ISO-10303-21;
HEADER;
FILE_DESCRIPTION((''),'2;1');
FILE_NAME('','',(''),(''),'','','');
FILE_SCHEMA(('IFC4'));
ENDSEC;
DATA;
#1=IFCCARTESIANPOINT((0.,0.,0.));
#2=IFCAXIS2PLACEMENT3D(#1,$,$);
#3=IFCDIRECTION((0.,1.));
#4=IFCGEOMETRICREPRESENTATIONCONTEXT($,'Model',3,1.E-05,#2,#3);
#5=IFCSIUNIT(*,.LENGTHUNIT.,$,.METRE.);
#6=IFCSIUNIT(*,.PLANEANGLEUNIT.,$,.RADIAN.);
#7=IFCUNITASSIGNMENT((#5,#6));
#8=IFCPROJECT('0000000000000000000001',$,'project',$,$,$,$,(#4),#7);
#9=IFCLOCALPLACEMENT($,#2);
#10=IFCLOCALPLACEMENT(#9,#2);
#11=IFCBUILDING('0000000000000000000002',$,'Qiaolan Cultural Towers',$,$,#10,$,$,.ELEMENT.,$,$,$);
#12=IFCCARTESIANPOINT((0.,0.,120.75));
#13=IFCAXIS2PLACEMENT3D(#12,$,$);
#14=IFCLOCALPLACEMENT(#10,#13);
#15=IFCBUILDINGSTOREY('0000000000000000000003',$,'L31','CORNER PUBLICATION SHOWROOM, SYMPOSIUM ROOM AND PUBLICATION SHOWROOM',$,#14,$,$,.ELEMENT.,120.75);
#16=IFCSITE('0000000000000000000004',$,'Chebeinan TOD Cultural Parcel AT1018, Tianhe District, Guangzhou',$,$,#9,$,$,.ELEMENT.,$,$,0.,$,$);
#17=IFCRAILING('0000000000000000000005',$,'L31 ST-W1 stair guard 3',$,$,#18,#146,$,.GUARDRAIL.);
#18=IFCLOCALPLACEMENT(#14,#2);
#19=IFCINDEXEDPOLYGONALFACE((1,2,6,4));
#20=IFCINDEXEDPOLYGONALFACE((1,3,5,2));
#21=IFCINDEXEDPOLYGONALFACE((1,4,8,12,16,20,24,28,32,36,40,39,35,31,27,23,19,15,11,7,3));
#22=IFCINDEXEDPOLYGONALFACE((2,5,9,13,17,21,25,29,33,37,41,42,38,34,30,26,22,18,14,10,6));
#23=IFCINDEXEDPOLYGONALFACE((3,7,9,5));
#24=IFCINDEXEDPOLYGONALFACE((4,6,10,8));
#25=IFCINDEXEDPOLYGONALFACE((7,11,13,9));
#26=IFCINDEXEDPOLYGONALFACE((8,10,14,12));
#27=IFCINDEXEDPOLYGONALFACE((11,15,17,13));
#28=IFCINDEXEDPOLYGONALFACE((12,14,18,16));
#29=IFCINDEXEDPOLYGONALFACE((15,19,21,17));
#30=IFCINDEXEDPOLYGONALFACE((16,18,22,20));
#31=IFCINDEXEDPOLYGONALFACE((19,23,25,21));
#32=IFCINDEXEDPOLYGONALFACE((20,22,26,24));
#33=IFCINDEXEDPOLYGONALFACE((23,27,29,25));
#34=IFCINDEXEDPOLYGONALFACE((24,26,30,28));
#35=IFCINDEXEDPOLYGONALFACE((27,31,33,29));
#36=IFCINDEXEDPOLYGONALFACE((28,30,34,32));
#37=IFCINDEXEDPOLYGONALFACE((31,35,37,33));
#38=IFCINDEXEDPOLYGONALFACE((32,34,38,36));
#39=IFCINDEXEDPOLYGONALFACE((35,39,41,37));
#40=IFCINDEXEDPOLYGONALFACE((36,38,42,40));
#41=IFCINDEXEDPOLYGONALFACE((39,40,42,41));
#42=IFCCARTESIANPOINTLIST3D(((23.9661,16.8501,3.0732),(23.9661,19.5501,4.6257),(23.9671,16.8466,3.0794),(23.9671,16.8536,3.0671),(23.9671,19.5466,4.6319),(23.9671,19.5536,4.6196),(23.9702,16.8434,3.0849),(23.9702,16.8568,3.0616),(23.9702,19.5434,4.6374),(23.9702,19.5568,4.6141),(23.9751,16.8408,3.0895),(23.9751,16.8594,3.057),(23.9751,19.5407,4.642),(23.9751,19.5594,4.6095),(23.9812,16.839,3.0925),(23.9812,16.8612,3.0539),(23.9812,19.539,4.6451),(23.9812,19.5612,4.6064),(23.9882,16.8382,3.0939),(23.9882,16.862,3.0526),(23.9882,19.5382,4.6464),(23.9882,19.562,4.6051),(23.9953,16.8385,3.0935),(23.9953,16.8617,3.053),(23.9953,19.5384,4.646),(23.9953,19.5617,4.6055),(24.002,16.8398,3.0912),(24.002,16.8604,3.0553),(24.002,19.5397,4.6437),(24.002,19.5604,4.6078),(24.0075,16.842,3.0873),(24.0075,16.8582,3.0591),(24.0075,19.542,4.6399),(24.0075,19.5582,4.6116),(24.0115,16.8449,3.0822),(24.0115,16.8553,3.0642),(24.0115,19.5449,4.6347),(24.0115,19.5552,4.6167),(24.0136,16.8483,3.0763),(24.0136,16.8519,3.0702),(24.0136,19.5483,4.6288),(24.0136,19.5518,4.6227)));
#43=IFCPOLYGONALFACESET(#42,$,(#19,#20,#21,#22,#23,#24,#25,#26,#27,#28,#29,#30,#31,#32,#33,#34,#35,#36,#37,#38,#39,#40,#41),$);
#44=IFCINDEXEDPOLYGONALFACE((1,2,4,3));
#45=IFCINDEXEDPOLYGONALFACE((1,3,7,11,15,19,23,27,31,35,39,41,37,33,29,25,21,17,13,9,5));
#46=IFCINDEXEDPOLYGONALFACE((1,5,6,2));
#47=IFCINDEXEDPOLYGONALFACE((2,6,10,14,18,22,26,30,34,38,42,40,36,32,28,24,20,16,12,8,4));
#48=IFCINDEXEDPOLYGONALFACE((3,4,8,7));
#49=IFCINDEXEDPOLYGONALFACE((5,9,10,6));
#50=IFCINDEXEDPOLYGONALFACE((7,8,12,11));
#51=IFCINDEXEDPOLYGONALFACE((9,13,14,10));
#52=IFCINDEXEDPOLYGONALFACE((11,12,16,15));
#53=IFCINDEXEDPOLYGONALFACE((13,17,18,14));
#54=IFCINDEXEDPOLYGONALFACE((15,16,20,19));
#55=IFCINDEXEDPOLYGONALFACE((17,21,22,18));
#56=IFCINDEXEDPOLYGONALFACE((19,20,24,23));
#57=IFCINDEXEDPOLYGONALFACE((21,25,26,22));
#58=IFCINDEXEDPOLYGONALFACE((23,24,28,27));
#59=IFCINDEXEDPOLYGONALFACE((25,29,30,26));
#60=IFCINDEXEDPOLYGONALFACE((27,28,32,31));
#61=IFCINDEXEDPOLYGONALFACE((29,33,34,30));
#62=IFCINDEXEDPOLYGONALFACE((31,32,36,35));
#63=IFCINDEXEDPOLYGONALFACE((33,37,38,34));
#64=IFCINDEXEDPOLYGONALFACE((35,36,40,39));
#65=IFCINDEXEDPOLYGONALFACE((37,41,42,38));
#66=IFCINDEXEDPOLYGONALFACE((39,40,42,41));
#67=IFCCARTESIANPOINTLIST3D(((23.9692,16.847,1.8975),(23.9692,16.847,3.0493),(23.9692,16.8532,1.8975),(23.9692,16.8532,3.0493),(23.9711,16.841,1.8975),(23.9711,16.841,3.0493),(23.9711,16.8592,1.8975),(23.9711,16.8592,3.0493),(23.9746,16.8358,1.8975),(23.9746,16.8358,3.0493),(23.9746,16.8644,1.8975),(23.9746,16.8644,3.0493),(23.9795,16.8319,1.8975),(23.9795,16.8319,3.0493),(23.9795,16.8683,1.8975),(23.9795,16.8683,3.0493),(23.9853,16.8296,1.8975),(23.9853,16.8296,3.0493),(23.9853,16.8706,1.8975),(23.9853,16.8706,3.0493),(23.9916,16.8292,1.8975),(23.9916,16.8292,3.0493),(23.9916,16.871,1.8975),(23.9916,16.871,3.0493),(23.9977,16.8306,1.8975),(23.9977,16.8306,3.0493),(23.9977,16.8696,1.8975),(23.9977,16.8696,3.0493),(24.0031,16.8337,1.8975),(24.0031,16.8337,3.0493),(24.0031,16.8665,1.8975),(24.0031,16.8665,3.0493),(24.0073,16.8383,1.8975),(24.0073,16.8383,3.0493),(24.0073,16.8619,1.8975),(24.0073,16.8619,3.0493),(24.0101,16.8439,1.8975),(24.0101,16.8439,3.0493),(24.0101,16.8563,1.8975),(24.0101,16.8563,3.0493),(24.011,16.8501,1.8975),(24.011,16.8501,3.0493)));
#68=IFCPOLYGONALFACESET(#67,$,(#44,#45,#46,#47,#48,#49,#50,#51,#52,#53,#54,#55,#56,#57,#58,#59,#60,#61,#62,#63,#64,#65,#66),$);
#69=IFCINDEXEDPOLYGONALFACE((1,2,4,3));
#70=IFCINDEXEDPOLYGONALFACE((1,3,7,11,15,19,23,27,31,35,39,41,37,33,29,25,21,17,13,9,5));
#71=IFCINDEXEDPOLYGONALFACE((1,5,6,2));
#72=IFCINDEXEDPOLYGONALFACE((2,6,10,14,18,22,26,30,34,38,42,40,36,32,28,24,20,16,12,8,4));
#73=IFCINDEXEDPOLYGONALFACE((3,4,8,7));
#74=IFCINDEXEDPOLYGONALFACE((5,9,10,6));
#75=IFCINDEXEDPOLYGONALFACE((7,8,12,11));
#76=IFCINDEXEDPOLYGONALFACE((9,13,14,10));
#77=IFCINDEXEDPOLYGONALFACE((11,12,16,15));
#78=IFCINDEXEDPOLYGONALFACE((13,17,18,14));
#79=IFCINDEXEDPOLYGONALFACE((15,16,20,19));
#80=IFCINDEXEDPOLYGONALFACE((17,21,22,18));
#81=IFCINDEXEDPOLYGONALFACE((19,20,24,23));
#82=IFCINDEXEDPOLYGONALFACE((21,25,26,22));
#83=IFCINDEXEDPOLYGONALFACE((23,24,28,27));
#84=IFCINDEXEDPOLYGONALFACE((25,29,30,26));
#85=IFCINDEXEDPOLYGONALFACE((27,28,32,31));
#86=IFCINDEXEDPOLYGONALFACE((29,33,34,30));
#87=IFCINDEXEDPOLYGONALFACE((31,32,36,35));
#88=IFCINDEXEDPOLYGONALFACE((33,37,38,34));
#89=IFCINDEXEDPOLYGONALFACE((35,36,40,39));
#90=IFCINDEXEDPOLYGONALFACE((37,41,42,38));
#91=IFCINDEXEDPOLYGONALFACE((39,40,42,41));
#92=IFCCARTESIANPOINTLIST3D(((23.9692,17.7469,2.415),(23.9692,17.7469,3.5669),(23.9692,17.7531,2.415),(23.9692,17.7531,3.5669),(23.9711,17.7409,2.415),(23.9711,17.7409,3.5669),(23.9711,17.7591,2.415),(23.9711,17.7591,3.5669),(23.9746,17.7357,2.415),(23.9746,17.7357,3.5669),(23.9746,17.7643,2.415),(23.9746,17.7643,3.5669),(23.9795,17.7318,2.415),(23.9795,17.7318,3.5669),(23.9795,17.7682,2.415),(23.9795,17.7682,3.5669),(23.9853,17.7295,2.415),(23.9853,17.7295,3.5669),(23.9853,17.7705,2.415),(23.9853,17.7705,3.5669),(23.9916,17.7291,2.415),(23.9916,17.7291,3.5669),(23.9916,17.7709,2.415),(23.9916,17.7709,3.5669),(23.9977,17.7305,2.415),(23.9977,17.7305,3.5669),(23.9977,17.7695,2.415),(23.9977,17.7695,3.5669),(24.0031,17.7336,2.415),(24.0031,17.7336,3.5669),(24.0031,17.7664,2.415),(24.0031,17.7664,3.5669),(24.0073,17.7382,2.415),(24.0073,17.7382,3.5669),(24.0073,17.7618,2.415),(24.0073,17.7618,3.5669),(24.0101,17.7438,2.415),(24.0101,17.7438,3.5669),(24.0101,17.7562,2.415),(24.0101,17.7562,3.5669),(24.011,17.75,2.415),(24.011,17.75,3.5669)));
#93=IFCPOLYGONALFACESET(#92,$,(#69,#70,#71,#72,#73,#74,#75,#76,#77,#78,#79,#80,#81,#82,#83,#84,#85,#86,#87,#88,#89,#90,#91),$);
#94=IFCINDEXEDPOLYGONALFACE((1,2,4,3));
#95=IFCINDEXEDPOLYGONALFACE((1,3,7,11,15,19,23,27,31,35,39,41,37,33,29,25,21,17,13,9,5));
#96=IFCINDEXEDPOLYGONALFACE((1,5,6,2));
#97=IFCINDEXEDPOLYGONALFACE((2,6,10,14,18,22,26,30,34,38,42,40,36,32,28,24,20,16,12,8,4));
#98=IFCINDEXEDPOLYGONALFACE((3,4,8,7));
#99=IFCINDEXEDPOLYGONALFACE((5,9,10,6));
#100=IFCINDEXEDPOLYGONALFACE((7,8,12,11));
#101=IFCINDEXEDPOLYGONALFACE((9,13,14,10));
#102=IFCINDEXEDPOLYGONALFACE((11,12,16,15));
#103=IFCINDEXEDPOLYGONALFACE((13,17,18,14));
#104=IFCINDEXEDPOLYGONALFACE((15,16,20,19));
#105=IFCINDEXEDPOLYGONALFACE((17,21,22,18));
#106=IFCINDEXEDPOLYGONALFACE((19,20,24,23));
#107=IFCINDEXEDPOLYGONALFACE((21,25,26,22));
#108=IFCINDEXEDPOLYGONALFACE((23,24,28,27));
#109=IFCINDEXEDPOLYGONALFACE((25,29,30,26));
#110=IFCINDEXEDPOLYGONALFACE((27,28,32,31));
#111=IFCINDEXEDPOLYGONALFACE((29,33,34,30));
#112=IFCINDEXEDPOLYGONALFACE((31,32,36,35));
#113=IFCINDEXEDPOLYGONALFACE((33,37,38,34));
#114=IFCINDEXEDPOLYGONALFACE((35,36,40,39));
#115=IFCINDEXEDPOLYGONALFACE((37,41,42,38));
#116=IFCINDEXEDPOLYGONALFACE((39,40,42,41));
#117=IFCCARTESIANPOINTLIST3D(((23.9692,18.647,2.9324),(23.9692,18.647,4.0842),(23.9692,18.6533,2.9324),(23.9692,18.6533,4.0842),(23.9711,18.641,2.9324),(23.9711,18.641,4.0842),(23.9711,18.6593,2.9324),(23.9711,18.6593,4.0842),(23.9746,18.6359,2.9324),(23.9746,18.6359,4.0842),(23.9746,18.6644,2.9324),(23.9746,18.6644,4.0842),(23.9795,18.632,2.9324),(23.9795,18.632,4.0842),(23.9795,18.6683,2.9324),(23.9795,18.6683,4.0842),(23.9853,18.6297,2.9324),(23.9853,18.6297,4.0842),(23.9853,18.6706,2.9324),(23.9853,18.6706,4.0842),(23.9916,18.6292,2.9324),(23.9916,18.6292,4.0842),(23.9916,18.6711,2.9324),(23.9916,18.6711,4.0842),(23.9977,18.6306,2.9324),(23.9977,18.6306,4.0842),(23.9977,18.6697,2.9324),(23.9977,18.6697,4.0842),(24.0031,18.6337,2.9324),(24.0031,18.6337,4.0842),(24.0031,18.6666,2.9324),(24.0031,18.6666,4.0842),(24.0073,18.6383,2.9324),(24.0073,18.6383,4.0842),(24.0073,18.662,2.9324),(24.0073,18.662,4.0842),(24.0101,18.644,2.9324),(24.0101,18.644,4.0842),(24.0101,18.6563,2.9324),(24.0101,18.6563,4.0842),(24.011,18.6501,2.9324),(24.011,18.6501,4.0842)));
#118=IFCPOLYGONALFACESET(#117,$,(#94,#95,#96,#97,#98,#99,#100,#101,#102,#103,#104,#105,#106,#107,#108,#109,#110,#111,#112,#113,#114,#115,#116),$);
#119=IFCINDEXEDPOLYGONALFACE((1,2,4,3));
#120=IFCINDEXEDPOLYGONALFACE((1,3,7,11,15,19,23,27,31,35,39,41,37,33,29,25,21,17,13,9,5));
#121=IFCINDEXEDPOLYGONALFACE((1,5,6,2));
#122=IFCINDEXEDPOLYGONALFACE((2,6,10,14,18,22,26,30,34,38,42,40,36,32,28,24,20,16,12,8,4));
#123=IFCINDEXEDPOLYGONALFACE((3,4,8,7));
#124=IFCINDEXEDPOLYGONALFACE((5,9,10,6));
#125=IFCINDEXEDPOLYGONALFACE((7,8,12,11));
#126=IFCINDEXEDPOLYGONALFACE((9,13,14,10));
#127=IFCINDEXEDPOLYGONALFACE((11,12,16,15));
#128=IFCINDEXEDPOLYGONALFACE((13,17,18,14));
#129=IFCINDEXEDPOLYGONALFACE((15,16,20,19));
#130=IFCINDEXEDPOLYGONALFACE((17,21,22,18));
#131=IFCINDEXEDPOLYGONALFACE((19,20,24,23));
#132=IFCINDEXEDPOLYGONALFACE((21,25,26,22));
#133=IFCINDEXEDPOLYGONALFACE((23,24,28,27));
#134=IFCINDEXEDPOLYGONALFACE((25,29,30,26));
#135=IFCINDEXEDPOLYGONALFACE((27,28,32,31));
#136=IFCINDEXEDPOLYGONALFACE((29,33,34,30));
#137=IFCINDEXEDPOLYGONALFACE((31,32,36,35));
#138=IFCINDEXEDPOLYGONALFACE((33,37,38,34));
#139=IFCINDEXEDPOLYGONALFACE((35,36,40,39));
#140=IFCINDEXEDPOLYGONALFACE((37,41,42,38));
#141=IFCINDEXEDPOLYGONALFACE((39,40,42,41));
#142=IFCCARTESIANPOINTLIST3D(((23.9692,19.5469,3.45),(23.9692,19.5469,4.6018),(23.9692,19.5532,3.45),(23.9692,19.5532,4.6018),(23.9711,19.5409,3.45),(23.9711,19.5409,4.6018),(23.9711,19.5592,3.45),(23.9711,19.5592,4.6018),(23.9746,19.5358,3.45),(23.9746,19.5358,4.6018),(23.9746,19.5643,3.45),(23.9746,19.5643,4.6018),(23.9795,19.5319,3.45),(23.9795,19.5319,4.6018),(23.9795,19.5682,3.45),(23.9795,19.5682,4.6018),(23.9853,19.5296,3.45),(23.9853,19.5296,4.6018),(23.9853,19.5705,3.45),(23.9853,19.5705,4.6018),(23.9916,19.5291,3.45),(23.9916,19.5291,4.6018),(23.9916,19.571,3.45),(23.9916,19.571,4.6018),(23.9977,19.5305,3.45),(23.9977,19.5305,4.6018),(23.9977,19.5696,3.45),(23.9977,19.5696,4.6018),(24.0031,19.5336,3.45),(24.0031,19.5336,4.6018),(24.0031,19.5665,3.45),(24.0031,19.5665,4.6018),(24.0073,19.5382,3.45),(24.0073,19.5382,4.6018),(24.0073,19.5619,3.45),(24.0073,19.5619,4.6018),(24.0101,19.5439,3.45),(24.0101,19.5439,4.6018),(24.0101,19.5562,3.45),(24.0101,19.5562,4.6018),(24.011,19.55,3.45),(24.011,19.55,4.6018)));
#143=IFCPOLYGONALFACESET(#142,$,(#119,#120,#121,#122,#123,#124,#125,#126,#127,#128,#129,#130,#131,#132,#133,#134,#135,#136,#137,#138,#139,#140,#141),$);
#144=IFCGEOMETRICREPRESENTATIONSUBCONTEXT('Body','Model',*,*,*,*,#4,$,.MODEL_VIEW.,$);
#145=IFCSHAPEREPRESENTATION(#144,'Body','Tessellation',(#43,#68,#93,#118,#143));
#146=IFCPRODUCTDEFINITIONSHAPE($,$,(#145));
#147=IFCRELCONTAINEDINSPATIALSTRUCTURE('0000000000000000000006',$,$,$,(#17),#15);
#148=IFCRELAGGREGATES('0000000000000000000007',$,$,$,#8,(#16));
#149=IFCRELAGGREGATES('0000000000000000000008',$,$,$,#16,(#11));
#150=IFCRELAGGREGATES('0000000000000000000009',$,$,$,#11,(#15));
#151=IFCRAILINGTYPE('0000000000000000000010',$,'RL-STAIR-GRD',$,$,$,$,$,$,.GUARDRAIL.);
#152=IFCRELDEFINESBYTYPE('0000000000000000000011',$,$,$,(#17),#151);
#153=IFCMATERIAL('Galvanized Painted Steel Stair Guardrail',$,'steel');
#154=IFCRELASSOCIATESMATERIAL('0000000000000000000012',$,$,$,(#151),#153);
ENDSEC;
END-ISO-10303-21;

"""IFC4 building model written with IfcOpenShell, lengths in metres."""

from ifc_helpers import new_model, si_unit, direction, frame, origin, origin_2d, place, context, subcontext, project, spatial, circle, extrude, material, type_object, element, save


model = new_model("IFC4")

# Units and contexts
model_context = context("Model", 3, precision=1e-05, world=origin(), true_north=direction((0.0, 1.0)))
body_context = subcontext(model_context, "Body", "Model", "MODEL_VIEW")
ifc_project = project(units=[si_unit("LENGTHUNIT", "METRE"), si_unit("PLANEANGLEUNIT", "RADIAN")], contexts=[model_context])

# Site, building, storey
site_placement = place(None, origin())
site = spatial("IfcSite", under=ifc_project, at=site_placement, Name="Chebeinan TOD Cultural Parcel AT1018, Tianhe District, Guangzhou", CompositionType="ELEMENT", RefElevation=0.0)
building_placement = place(site_placement, origin())
building = spatial("IfcBuilding", under=site, at=building_placement, Name="Qiaolan Cultural Towers", CompositionType="ELEMENT")
storey_placement = place(building_placement, frame((0.0, 0.0, 120.75)))
storey = spatial("IfcBuildingStorey", under=building, at=storey_placement, Name="L31", Description="CORNER PUBLICATION SHOWROOM, SYMPOSIUM ROOM AND PUBLICATION SHOWROOM", CompositionType="ELEMENT", Elevation=120.75)

# Railing
ifc_material_1 = material(Name="Galvanized Painted Steel Stair Guardrail", Category="steel")
railing_type_1 = type_object("IfcRailingType", Name="RL-STAIR-GRD", PredefinedType="GUARDRAIL", material=ifc_material_1)
railing_1_placement = place(storey_placement, frame((23.99, 16.8501, 1.8975)))
element("IfcRailing", 1, at=railing_1_placement, inside=storey, type_object=railing_type_1, Name="L31 ST-W1 stair guard 3", PredefinedType="GUARDRAIL", context=body_context, shape_type="SweptSolid", body=[
    extrude(circle(Radius=0.0239, at=origin_2d()), frame((0.0, 0.0, 1.1758), z_axis=(0.0, 0.866904, 0.498476), x_axis=(-1.0, 0.0, 0.0)), (0.0, 0.0, 1.0), 3.1145),
    extrude(circle(Radius=0.021, at=origin_2d()), origin(), (0.0, 0.0, 1.0), 1.1519),
    extrude(circle(Radius=0.021, at=origin_2d()), frame((0.0, 0.8999, 0.5176)), (0.0, 0.0, 1.0), 1.1519),
    extrude(circle(Radius=0.021, at=origin_2d()), frame((0.0, 1.8, 1.0349)), (0.0, 0.0, 1.0), 1.1519),
    extrude(circle(Radius=0.021, at=origin_2d()), frame((0.0, 2.7, 1.5525)), (0.0, 0.0, 1.0), 1.1519),
])

save(model, "model.ifc")
